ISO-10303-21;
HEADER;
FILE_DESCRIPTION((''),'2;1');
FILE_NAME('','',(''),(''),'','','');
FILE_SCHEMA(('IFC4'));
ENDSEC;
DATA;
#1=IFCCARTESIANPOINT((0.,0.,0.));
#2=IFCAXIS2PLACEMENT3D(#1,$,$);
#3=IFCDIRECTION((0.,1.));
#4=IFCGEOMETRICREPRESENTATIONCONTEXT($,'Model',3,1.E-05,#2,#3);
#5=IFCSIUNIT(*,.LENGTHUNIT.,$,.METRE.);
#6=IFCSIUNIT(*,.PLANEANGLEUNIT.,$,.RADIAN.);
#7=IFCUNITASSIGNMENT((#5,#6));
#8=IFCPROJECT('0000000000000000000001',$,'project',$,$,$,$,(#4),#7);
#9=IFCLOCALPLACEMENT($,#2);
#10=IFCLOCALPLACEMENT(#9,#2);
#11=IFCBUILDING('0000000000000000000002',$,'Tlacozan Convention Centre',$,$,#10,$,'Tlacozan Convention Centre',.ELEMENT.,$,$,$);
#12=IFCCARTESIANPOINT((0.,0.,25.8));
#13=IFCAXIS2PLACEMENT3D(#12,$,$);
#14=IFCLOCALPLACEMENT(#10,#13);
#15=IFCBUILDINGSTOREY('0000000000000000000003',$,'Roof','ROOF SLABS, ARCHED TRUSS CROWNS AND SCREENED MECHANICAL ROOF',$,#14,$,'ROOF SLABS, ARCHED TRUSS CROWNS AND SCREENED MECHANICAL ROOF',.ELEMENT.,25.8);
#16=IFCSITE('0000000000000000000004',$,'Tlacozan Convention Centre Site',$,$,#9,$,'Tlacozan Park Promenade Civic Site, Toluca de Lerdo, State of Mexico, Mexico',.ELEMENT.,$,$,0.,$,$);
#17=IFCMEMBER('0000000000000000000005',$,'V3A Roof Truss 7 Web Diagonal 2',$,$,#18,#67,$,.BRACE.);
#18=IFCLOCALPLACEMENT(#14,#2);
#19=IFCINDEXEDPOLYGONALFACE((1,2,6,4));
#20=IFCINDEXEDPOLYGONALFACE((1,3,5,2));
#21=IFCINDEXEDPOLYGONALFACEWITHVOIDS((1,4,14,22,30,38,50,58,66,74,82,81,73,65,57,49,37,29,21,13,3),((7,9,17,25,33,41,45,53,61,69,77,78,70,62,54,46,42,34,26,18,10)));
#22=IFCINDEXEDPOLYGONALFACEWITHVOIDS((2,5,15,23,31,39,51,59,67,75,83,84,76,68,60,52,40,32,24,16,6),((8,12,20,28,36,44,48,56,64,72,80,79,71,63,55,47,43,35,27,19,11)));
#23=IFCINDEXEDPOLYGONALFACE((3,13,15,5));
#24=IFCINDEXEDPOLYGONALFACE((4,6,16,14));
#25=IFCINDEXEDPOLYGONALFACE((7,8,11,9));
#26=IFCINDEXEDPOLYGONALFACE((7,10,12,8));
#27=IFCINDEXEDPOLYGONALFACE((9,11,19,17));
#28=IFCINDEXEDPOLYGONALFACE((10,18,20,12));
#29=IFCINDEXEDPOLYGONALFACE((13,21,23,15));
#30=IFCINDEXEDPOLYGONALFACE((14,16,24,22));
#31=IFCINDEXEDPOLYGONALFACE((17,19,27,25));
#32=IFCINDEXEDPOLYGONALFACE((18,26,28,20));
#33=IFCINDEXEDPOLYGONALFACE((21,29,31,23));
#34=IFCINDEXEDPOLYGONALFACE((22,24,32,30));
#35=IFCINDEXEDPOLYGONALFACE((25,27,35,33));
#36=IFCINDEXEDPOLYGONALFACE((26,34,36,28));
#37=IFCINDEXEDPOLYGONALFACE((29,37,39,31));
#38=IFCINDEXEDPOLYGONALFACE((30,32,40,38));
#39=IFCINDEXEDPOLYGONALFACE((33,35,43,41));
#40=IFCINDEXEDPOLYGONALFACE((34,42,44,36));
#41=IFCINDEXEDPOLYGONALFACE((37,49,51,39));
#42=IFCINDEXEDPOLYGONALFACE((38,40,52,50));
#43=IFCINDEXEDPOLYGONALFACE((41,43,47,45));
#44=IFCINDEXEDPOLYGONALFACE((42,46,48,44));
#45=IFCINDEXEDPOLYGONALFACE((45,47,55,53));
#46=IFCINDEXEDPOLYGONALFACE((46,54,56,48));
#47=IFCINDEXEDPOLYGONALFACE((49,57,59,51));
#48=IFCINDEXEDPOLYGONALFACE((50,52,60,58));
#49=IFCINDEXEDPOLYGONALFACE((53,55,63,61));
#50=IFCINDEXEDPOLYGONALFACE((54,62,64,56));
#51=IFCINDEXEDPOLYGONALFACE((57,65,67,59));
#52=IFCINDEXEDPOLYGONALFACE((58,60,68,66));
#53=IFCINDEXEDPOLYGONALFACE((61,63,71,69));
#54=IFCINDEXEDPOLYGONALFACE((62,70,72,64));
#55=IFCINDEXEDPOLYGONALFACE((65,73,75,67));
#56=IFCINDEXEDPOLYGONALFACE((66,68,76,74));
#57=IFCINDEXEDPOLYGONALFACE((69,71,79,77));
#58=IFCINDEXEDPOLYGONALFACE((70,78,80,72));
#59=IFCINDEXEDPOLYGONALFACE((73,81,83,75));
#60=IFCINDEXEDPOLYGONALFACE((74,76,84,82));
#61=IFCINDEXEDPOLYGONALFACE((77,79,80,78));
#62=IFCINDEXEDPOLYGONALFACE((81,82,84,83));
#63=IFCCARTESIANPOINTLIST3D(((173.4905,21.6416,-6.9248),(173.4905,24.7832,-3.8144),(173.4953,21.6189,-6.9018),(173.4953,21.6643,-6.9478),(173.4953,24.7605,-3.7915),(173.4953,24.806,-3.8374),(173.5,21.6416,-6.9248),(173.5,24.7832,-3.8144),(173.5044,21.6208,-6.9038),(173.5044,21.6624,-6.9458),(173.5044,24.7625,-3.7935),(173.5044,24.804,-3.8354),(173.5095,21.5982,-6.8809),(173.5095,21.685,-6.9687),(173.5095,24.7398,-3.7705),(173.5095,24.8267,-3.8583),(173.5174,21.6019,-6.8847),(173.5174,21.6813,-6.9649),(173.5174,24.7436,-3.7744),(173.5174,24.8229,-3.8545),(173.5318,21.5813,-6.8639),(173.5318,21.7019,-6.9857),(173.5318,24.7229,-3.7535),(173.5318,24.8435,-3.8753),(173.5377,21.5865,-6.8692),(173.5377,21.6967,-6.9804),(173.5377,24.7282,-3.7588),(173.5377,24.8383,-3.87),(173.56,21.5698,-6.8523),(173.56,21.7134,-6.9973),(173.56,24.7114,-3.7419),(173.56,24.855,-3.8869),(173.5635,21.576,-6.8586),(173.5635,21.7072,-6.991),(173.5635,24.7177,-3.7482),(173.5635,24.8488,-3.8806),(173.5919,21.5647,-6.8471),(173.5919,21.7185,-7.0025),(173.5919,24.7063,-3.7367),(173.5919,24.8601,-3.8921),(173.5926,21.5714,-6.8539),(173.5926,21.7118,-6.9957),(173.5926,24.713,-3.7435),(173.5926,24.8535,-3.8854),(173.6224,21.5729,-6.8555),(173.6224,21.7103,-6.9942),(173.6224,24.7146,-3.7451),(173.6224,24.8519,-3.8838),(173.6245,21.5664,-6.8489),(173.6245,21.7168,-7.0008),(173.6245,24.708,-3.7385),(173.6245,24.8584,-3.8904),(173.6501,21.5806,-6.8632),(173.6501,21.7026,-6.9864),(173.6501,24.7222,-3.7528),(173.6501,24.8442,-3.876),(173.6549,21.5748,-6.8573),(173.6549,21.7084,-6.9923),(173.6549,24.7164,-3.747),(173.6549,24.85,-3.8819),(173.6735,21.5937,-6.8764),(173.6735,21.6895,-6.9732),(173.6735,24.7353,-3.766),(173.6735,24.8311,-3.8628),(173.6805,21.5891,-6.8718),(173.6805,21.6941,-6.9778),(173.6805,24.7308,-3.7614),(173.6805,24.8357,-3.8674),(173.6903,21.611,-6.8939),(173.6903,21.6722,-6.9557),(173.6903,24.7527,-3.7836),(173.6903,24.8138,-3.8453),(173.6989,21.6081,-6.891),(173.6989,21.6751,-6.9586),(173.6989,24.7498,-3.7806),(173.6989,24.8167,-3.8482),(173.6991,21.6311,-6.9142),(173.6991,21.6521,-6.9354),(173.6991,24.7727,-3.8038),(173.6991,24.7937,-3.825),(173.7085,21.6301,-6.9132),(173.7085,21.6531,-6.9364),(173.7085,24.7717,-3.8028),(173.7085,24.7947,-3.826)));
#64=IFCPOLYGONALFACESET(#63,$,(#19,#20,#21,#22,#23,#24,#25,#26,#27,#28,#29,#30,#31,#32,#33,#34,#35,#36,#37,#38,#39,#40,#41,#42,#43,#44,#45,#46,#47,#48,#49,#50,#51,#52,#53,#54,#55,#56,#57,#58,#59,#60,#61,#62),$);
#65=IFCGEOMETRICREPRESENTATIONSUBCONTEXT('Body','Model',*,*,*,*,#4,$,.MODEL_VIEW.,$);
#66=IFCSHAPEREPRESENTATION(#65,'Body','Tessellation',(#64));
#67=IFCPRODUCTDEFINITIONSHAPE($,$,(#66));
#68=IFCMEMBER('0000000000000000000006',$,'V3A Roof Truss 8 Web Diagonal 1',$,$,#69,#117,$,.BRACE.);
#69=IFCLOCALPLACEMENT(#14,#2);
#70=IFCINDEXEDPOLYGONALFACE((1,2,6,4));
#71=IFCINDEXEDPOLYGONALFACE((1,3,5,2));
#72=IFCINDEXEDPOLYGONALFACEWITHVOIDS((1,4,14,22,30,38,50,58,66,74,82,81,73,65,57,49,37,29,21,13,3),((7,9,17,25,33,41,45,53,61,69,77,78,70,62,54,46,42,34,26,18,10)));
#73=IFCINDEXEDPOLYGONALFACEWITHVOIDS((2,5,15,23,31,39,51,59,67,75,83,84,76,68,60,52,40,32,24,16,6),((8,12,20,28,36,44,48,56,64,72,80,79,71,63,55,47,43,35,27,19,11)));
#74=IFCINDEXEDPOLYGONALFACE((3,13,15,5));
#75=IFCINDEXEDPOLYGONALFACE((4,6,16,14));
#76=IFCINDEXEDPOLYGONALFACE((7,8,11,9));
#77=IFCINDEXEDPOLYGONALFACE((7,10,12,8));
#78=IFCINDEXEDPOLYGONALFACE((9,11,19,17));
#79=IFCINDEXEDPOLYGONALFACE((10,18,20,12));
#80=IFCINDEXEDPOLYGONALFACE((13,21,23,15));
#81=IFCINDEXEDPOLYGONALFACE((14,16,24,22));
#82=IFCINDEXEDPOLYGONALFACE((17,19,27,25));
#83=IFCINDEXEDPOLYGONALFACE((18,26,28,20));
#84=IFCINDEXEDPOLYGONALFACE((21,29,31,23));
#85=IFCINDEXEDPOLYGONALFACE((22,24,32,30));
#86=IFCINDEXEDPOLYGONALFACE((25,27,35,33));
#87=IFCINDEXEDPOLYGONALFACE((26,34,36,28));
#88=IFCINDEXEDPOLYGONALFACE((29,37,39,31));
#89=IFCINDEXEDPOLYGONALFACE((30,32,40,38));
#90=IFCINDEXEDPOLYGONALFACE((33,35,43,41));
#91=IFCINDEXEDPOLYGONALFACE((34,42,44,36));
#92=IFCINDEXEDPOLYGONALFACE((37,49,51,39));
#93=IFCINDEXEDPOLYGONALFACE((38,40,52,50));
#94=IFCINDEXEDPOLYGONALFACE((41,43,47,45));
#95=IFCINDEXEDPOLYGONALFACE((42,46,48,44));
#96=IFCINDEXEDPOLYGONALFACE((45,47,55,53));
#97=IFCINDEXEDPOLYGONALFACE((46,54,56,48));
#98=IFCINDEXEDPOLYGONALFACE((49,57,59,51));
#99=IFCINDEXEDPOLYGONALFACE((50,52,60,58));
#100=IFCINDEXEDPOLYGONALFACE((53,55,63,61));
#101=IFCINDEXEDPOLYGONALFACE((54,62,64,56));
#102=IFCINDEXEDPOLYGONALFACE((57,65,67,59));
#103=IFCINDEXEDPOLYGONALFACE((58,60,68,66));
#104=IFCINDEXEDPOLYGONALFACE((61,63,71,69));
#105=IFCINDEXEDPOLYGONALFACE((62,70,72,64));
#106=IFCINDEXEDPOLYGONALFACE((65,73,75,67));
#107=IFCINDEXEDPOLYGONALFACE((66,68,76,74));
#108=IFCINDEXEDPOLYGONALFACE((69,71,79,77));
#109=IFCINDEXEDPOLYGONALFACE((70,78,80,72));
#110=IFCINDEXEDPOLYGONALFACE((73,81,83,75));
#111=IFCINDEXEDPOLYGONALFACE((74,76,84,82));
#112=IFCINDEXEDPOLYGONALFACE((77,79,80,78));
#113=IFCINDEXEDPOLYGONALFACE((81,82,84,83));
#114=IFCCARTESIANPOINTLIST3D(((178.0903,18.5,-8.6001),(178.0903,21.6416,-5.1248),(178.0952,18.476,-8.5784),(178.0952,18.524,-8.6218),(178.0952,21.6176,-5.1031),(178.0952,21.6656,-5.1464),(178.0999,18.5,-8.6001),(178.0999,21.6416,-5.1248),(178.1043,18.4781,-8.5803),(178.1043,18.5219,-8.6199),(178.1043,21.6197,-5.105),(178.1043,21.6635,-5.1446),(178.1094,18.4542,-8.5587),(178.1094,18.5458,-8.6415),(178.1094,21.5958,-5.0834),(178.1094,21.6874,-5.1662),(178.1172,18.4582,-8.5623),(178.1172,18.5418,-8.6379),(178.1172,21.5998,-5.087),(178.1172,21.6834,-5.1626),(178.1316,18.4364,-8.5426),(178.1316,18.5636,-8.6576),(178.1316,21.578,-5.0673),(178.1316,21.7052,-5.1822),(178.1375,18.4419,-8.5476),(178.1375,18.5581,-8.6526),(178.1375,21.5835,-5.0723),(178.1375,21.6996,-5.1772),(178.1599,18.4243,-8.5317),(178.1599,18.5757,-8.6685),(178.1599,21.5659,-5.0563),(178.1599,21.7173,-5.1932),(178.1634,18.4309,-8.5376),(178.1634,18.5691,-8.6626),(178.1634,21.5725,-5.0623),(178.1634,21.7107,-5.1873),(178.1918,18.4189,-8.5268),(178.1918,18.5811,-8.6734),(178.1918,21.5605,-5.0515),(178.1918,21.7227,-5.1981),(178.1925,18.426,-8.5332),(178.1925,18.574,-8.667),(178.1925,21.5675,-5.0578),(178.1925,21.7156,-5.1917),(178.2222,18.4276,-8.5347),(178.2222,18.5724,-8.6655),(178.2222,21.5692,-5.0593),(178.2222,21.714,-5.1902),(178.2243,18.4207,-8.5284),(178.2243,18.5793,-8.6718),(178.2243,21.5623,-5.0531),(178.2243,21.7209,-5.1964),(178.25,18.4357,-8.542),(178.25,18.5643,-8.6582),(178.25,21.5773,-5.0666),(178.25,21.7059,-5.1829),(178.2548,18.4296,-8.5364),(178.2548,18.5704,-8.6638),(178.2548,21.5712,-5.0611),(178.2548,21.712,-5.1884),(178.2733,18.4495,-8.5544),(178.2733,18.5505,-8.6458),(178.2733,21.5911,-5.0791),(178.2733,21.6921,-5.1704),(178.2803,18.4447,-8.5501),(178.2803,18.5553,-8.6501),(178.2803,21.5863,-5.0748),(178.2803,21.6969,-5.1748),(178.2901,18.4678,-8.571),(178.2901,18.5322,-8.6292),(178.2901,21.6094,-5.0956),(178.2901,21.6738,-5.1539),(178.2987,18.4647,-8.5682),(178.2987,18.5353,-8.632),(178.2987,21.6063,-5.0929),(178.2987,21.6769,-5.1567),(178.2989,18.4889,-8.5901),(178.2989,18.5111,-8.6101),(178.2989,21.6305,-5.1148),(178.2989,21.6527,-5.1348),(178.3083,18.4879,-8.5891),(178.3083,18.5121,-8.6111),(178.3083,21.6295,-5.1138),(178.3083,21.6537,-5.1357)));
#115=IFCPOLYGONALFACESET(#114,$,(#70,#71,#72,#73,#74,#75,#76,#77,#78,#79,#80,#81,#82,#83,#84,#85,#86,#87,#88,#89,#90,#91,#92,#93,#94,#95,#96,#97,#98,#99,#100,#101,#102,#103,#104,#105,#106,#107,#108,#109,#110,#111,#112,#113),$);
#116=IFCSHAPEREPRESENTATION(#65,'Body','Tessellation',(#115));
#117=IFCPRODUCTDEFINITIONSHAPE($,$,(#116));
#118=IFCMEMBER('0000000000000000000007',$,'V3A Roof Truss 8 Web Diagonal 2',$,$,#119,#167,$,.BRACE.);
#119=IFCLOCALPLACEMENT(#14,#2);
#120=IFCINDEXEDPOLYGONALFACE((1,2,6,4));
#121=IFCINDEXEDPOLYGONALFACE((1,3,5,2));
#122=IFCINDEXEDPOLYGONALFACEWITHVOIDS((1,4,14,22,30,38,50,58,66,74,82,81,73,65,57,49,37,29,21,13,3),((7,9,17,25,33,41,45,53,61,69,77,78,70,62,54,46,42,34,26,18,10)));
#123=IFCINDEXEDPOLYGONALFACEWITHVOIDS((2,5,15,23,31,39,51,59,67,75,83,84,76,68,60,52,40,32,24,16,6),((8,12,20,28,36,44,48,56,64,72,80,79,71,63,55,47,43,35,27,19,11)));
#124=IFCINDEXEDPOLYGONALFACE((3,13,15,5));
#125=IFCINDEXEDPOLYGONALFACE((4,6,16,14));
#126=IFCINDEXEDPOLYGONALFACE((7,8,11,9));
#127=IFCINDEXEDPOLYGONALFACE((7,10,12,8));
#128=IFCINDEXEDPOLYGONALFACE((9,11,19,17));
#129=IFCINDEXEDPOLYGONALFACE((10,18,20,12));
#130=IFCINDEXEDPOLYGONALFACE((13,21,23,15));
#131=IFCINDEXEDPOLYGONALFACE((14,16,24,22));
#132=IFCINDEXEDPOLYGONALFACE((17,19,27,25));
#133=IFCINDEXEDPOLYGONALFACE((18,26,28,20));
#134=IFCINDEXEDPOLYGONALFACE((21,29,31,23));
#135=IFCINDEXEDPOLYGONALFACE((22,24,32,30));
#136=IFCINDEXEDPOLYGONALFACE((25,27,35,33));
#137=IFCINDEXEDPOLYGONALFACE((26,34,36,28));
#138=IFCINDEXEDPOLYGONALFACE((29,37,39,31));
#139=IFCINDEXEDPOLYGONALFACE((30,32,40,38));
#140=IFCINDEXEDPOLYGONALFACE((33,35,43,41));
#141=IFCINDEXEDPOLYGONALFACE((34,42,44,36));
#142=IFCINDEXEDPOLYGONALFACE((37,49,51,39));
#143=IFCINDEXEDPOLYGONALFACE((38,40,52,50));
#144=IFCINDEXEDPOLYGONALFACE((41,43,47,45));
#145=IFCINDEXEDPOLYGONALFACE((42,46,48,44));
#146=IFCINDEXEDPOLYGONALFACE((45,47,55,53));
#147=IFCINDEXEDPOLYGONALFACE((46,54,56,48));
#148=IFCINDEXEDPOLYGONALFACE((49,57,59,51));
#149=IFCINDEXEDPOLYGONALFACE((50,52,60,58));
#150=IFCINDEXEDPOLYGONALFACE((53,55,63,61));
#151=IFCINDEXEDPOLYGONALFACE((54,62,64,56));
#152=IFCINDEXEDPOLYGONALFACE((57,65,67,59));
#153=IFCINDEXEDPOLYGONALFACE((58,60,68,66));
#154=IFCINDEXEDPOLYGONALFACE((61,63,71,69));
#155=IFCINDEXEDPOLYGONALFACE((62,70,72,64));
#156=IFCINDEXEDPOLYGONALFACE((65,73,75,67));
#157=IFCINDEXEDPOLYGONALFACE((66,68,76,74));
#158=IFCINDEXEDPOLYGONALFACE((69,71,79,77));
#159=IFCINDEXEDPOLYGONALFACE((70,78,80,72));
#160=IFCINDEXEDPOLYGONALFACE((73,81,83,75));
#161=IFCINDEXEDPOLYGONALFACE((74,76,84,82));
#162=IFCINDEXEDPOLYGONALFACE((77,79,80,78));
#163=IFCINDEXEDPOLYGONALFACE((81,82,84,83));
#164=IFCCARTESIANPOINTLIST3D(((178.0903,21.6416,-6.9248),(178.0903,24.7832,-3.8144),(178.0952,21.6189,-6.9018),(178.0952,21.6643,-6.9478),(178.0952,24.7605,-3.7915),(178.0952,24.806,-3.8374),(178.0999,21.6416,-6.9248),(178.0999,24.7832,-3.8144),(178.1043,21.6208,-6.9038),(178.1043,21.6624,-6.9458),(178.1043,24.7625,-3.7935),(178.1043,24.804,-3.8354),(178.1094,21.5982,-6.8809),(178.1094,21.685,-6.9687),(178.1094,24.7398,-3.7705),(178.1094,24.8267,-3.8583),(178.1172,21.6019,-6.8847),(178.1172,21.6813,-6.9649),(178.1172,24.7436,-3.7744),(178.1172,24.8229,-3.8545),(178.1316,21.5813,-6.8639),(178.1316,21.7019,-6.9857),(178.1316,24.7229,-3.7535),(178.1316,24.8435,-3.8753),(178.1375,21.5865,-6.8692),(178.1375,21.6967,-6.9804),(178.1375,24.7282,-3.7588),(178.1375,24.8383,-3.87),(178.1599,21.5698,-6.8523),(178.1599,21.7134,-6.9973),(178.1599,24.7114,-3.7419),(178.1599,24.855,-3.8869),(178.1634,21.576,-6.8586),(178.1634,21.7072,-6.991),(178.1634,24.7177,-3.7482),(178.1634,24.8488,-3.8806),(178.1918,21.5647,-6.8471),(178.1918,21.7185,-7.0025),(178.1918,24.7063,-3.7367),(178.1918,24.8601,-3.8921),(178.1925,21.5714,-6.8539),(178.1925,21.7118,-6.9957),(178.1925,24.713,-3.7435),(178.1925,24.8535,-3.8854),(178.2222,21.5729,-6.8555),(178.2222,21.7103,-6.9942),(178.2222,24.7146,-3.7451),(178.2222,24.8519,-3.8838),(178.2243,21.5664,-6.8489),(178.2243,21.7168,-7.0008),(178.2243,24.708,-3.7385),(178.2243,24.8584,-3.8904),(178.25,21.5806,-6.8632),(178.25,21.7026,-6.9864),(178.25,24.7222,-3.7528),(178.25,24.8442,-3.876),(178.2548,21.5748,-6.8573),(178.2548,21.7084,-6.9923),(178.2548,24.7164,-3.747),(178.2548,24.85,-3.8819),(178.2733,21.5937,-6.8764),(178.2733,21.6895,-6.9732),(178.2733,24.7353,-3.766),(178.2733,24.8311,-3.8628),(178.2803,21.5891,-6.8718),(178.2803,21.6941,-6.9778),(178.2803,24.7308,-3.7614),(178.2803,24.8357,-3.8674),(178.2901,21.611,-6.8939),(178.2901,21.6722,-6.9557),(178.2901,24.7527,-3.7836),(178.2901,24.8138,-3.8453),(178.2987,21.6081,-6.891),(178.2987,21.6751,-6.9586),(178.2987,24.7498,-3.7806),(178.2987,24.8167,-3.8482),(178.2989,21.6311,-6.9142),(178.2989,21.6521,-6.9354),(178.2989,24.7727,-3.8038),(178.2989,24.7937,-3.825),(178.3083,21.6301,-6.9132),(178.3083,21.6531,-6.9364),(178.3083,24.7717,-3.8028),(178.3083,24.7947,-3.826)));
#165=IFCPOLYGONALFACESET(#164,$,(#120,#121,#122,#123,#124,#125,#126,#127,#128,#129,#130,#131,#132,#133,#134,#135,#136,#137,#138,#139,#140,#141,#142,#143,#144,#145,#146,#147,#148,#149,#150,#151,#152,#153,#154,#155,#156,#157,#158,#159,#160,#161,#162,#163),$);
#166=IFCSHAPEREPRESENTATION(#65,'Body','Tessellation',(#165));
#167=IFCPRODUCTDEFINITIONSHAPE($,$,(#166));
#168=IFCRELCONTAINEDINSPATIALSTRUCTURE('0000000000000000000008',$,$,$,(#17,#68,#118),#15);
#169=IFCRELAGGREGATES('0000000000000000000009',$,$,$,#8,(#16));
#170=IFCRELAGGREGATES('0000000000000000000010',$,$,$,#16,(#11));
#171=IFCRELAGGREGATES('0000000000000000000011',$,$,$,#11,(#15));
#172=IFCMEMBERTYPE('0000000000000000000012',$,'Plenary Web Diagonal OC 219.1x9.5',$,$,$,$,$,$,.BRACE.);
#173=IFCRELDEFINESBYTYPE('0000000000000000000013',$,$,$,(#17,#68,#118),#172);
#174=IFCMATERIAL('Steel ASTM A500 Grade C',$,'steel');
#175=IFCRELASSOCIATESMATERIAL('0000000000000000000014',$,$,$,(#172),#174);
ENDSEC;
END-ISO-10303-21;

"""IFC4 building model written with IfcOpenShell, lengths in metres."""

from ifc_helpers import new_model, si_unit, direction, frame, origin, origin_2d, place, context, subcontext, project, spatial, hollow_circle, extrude, material, material_profile, profile_set, type_object, element, save


model = new_model("IFC4")

# Units and contexts
model_context = context("Model", 3, precision=1e-05, world=origin(), true_north=direction((0.0, 1.0)))
body_context = subcontext(model_context, "Body", "Model", "MODEL_VIEW")
ifc_project = project(units=[si_unit("LENGTHUNIT", "METRE"), si_unit("PLANEANGLEUNIT", "RADIAN")], contexts=[model_context])

# Site, building, storey
site_placement = place(None, origin())
site = spatial("IfcSite", under=ifc_project, at=site_placement, Name="Tlacozan Convention Centre Site", LongName="Tlacozan Park Promenade Civic Site, Toluca de Lerdo, State of Mexico, Mexico", CompositionType="ELEMENT", RefElevation=0.0)
building_placement = place(site_placement, origin())
building = spatial("IfcBuilding", under=site, at=building_placement, Name="Tlacozan Convention Centre", LongName="Tlacozan Convention Centre", CompositionType="ELEMENT")
storey_placement = place(building_placement, frame((0.0, 0.0, 25.8)))
storey = spatial("IfcBuildingStorey", under=building, at=storey_placement, Name="Roof", Description="ROOF SLABS, ARCHED TRUSS CROWNS AND SCREENED MECHANICAL ROOF", LongName="ROOF SLABS, ARCHED TRUSS CROWNS AND SCREENED MECHANICAL ROOF", CompositionType="ELEMENT", Elevation=25.8)

# Members
ifc_material_1 = material(Name="Steel ASTM A500 Grade C", Category="steel")
ifc_material_profile_1 = material_profile(ifc_material_1, hollow_circle(Radius=0.1096, WallThickness=0.0095, at=origin_2d()), Name="OC 219.1x9.5")
ifc_profile_set_1 = profile_set([ifc_material_profile_1], Name="Steel ASTM A500 Grade C")
member_type_1 = type_object("IfcMemberType", Name="Plenary Web Diagonal OC 219.1x9.5", PredefinedType="BRACE", material=ifc_profile_set_1)
member_1_placement = place(storey_placement, frame((173.6001, 21.6416, -6.9248), z_axis=(0.0, 0.710632, 0.703564), x_axis=(-1.0, 0.0, 0.0)))
element("IfcMember", 1, at=member_1_placement, inside=storey, type_object=member_type_1, Name="V3A Roof Truss 7 Web Diagonal 2", PredefinedType="BRACE", context=body_context, shape_type="SweptSolid", body=[
    extrude(hollow_circle(Radius=0.1096, WallThickness=0.0095, at=origin_2d()), origin(), (0.0, 0.0, 1.0), 4.4209),
])
member_2_placement = place(storey_placement, frame((178.2, 18.5, -8.6001), z_axis=(0.0, 0.67059, 0.741828), x_axis=(-1.0, 0.0, 0.0)))
element("IfcMember", 2, at=member_2_placement, inside=storey, type_object=member_type_1, Name="V3A Roof Truss 8 Web Diagonal 1", PredefinedType="BRACE", context=body_context, shape_type="SweptSolid", body=[
    extrude(hollow_circle(Radius=0.1096, WallThickness=0.0095, at=origin_2d()), origin(), (0.0, 0.0, 1.0), 4.6848),
])
member_3_placement = place(storey_placement, frame((178.2, 21.6416, -6.9248), z_axis=(0.0, 0.710632, 0.703564), x_axis=(-1.0, 0.0, 0.0)))
element("IfcMember", 3, at=member_3_placement, inside=storey, type_object=member_type_1, Name="V3A Roof Truss 8 Web Diagonal 2", PredefinedType="BRACE", context=body_context, shape_type="SweptSolid", body=[
    extrude(hollow_circle(Radius=0.1096, WallThickness=0.0095, at=origin_2d()), origin(), (0.0, 0.0, 1.0), 4.4209),
])

save(model, "model.ifc")
